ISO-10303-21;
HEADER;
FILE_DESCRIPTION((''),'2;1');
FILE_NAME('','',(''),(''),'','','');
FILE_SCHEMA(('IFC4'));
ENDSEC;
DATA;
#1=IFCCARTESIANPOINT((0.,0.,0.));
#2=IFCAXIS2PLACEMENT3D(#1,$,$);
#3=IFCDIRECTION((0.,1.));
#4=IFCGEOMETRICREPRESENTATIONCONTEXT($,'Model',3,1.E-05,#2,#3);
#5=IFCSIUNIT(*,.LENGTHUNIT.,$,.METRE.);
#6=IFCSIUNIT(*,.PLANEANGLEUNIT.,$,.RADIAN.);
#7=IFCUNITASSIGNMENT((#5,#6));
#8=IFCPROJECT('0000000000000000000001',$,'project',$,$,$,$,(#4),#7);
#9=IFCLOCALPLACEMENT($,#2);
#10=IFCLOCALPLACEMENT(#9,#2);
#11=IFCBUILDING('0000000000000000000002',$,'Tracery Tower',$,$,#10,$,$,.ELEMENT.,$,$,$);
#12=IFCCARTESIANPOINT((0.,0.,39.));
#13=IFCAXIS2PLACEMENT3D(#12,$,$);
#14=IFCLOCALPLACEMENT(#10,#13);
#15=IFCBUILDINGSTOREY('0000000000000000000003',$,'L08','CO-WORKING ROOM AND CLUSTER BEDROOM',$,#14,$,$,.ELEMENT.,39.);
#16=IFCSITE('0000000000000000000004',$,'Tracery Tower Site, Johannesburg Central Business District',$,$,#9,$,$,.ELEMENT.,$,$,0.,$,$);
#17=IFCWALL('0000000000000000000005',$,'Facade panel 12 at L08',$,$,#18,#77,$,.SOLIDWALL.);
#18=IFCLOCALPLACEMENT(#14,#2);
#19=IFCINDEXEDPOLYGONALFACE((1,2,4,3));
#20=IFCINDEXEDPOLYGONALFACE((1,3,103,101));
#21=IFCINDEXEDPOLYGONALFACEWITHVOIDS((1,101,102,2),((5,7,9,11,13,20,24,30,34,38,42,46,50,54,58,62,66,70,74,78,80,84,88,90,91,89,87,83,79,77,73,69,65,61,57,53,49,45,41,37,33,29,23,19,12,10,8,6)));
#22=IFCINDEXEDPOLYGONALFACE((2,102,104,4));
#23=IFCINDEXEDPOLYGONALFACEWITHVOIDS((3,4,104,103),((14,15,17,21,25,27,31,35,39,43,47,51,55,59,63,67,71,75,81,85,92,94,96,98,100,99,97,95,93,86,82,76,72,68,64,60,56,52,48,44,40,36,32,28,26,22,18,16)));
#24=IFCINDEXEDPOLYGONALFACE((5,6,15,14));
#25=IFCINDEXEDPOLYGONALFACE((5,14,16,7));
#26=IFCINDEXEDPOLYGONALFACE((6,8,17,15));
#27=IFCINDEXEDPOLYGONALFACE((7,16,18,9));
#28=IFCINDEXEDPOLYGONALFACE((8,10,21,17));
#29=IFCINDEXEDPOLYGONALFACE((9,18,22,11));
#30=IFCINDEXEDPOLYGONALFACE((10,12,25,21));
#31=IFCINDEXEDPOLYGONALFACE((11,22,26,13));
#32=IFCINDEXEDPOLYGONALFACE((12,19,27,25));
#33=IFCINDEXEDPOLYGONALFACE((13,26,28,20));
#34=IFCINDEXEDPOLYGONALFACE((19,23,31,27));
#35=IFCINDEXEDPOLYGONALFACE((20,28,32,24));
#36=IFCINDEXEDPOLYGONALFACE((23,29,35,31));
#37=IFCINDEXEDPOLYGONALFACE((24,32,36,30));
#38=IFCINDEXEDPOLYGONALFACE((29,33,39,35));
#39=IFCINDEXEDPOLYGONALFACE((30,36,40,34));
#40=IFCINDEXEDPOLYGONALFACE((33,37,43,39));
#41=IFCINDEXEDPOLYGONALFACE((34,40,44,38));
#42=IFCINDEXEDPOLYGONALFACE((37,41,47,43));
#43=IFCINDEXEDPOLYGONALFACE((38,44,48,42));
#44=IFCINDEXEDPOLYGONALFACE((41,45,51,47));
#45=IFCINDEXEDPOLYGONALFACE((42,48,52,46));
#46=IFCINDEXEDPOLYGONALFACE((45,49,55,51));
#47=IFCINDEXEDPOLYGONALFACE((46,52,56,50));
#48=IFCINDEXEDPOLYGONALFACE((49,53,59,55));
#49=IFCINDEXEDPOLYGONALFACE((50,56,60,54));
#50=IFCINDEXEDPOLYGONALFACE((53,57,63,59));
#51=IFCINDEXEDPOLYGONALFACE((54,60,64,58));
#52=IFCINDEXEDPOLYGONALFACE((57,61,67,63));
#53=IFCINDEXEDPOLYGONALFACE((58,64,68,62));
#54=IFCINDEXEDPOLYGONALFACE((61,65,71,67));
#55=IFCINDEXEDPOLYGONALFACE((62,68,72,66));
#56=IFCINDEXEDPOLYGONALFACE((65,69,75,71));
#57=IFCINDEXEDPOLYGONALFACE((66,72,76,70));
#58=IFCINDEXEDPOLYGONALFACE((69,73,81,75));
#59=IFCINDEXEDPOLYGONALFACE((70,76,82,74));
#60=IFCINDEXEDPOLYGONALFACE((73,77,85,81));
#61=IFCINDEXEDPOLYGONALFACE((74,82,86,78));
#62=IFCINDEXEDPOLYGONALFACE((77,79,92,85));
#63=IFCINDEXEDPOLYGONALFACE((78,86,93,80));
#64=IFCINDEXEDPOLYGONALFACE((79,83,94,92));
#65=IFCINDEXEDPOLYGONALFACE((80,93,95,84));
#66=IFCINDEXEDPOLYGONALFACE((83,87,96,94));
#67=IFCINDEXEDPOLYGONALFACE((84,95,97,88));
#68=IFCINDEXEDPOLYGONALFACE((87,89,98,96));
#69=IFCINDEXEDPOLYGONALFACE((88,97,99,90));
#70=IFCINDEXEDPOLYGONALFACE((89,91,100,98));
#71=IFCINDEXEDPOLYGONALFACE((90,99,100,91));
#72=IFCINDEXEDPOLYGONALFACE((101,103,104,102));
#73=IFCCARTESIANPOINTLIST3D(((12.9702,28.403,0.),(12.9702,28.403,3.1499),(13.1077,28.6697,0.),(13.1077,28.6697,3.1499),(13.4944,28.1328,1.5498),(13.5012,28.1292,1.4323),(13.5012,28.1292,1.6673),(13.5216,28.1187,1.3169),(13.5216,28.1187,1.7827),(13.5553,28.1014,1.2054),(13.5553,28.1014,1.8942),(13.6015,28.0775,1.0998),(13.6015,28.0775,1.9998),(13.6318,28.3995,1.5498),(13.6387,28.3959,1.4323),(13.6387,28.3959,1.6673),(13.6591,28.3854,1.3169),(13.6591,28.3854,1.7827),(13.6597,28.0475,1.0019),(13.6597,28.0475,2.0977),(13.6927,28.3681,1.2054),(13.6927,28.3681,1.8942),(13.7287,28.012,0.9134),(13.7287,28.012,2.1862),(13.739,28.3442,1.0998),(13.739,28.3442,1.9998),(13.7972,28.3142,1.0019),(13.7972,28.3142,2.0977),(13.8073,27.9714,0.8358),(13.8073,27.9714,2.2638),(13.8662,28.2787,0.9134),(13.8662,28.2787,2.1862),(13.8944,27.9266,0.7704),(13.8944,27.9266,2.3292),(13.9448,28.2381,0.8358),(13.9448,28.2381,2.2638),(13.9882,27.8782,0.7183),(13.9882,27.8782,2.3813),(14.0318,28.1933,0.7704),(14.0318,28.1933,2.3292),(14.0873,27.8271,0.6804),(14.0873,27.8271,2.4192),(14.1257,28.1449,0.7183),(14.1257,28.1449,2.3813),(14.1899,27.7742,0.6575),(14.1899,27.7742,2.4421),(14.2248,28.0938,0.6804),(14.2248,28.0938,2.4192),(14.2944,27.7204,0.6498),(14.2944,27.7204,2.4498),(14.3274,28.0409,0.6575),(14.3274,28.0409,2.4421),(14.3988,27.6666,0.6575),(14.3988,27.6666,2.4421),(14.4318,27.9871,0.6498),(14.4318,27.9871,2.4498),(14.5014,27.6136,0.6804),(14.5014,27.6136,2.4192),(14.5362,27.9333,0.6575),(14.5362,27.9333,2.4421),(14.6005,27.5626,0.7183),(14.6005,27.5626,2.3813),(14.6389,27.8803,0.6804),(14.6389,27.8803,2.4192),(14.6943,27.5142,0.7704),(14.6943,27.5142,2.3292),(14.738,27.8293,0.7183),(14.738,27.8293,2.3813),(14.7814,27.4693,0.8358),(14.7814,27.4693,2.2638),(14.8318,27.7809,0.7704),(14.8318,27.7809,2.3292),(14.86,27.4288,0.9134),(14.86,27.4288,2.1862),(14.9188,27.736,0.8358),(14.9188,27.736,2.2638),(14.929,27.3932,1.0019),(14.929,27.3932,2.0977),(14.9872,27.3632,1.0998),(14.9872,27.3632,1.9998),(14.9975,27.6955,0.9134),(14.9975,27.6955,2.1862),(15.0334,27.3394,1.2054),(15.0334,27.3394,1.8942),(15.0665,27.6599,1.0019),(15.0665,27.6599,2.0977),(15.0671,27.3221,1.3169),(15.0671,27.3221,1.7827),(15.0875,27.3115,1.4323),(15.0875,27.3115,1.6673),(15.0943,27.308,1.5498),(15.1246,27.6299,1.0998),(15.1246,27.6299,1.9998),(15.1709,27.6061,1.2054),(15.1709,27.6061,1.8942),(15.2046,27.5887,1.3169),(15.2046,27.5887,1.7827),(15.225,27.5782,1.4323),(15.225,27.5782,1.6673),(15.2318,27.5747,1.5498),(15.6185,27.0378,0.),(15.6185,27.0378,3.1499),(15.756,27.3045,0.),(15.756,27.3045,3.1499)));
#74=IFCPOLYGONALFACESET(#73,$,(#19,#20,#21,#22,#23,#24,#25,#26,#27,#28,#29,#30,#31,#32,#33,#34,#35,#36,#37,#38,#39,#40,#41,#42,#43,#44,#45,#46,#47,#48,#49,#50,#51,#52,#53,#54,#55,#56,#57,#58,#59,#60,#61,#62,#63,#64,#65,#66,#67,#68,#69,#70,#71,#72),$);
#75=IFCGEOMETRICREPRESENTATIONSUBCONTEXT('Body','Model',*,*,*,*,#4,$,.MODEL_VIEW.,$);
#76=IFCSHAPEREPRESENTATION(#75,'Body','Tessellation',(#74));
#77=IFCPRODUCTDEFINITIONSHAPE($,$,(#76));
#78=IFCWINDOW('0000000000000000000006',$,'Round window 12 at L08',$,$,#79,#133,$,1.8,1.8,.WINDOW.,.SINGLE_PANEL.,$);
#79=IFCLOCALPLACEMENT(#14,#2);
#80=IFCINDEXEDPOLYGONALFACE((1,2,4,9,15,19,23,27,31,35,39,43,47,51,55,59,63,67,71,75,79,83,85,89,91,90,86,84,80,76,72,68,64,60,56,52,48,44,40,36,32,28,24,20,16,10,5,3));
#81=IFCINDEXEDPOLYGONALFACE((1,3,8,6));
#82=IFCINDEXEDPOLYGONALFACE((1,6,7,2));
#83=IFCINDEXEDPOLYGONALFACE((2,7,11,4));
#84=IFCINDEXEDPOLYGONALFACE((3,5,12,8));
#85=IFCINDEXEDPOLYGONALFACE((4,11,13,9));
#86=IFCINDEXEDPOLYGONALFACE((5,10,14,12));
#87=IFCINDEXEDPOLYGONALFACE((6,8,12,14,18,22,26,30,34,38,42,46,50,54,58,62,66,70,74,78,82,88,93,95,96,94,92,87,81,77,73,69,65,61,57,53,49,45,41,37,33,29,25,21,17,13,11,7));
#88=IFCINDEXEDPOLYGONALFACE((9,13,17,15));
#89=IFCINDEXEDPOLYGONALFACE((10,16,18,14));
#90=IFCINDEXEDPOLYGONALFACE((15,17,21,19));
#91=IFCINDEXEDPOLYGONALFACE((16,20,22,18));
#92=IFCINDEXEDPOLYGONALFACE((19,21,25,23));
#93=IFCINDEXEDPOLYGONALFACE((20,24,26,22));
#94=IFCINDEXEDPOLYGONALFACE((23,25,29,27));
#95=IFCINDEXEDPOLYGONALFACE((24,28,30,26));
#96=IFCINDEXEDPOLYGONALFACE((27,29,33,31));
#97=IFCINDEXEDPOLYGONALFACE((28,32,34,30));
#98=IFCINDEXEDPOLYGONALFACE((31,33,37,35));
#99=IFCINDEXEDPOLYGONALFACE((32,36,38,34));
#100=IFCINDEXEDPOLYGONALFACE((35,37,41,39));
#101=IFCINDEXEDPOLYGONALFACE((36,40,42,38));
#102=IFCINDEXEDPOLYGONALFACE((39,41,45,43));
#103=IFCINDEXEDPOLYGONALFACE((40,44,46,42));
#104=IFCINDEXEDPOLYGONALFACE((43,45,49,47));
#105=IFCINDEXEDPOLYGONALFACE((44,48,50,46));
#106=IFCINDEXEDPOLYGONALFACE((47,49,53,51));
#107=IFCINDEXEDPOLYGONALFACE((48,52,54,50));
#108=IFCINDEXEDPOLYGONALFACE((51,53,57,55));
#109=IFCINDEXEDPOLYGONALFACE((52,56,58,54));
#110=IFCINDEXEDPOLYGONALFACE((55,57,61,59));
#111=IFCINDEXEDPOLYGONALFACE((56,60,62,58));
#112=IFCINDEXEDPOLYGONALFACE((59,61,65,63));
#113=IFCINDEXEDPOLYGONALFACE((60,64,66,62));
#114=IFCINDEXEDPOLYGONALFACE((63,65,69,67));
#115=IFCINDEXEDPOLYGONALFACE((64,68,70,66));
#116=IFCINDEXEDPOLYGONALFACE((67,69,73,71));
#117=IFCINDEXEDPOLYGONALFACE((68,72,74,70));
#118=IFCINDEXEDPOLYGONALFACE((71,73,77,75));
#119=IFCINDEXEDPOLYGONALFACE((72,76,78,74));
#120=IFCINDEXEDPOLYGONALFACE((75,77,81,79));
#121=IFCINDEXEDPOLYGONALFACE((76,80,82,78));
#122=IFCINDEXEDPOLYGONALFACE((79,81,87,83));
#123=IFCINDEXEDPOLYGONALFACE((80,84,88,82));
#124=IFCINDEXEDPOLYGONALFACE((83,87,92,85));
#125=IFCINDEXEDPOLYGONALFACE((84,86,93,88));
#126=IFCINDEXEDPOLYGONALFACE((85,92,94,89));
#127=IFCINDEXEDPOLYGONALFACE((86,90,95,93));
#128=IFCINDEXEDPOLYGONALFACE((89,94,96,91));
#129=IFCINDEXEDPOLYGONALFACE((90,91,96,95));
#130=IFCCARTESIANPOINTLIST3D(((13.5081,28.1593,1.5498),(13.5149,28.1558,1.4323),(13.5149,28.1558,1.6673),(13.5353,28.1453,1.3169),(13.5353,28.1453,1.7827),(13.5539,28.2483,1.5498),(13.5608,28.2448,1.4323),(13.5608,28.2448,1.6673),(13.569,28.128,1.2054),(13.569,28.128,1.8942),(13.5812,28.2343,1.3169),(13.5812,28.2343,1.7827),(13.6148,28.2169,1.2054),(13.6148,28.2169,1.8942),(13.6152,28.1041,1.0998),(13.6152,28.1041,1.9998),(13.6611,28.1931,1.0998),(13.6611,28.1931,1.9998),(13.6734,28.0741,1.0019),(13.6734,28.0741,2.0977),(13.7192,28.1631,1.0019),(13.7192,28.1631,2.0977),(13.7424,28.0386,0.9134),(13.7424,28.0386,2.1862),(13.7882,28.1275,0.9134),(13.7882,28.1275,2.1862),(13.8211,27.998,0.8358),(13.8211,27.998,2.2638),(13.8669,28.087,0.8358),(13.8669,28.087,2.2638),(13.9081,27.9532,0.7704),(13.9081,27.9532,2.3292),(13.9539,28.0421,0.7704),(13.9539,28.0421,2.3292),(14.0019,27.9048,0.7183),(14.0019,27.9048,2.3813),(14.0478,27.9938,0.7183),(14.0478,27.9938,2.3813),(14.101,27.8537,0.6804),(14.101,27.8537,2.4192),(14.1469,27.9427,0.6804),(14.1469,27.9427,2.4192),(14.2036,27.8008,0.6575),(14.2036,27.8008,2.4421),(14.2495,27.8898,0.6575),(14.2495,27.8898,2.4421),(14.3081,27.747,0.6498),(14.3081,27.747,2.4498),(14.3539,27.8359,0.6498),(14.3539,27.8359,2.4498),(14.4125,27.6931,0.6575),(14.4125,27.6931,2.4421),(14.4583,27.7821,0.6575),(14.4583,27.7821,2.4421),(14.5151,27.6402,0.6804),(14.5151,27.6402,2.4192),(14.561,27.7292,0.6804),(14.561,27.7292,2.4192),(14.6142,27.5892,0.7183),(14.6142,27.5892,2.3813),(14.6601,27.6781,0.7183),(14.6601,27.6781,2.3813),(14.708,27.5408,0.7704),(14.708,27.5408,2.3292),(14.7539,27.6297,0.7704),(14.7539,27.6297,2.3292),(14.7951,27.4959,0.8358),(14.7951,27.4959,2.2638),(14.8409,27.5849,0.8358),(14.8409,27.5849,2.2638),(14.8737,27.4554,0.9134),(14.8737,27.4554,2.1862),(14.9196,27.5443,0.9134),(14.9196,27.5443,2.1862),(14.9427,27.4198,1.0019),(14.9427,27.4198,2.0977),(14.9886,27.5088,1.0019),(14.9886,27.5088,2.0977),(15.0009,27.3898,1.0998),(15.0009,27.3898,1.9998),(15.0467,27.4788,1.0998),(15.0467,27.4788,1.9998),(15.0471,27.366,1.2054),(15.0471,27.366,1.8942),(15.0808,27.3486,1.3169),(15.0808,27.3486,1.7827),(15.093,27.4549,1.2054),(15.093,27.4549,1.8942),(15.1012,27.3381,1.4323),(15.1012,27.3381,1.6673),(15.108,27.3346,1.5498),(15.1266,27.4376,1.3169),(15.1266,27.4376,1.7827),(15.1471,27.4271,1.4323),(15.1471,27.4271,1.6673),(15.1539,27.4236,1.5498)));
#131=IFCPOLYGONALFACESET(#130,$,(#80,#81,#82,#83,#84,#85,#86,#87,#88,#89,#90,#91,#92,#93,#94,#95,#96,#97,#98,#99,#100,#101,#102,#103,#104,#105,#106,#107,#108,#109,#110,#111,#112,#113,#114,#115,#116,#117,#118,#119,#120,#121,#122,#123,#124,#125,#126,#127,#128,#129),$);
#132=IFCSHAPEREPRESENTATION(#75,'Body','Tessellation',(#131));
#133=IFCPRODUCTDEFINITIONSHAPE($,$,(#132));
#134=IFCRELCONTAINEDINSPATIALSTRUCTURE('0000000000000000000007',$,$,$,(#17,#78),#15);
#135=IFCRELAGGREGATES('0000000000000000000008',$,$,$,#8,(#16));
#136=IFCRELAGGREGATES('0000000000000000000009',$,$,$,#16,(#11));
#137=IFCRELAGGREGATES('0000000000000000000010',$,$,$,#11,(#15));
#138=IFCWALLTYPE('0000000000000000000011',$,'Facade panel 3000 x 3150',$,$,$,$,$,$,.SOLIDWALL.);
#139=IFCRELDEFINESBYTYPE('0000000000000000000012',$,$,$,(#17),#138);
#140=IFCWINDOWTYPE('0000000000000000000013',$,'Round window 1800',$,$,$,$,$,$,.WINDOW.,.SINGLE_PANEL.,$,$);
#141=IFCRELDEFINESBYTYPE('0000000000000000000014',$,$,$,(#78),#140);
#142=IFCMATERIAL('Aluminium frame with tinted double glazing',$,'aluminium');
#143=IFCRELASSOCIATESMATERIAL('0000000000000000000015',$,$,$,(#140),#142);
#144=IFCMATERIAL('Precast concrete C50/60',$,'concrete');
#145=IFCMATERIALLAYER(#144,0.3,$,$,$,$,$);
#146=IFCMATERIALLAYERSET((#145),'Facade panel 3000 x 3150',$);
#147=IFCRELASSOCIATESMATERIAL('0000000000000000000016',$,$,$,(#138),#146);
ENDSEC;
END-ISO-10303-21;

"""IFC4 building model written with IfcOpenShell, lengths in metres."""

from ifc_helpers import new_model, si_unit, direction, frame, frame_2d, origin, origin_2d, place, context, subcontext, project, spatial, rectangle, circle, extrude, material, layer, layer_set, type_object, element, fill, save


model = new_model("IFC4")

# Units and contexts
model_context = context("Model", 3, precision=1e-05, world=origin(), true_north=direction((0.0, 1.0)))
body_context = subcontext(model_context, "Body", "Model", "MODEL_VIEW")
ifc_project = project(units=[si_unit("LENGTHUNIT", "METRE"), si_unit("PLANEANGLEUNIT", "RADIAN")], contexts=[model_context])

# Site, building, storey
site_placement = place(None, origin())
site = spatial("IfcSite", under=ifc_project, at=site_placement, Name="Tracery Tower Site, Johannesburg Central Business District", CompositionType="ELEMENT", RefElevation=0.0)
building_placement = place(site_placement, origin())
building = spatial("IfcBuilding", under=site, at=building_placement, Name="Tracery Tower", CompositionType="ELEMENT")
storey_placement = place(building_placement, frame((0.0, 0.0, 39.0)))
storey = spatial("IfcBuildingStorey", under=building, at=storey_placement, Name="L08", Description="CO-WORKING ROOM AND CLUSTER BEDROOM", CompositionType="ELEMENT", Elevation=39.0)

# Wall, opening, window
ifc_material_1 = material(Name="Aluminium frame with tinted double glazing", Category="aluminium")
window_type = type_object("IfcWindowType", Name="Round window 1800", PartitioningType="SINGLE_PANEL", PredefinedType="WINDOW", material=ifc_material_1)
ifc_material_2 = material(Name="Precast concrete C50/60", Category="concrete")
ifc_layer_1 = layer(ifc_material_2, 0.3)
ifc_layer_set_1 = layer_set([ifc_layer_1], Name="Facade panel 3000 x 3150")
wall_type_1 = type_object("IfcWallType", Name="Facade panel 3000 x 3150", PredefinedType="SOLIDWALL", material=ifc_layer_set_1)
wall_1_placement = place(storey_placement, frame((15.6873, 27.1711, 0.0), z_axis=(0.0, 0.0, 1.0), x_axis=(-0.888853, 0.458192, 0.0)))
wall_1 = element("IfcWall", 1, at=wall_1_placement, inside=storey, type_object=wall_type_1, Name="Facade panel 12 at L08", PredefinedType="SOLIDWALL", context=body_context, shape_type="SweptSolid", body=[
    extrude(rectangle(XDim=2.9795, YDim=0.3, at=frame_2d((1.4897, 0.0))), origin(), (0.0, 0.0, 1.0), 3.1499),
])
opening_1_placement = place(wall_1_placement, frame((1.4897, 0.0, 1.5498)))
opening_1 = element("IfcOpeningElement", 2, at=opening_1_placement, cuts=wall_1, PredefinedType="OPENING", context=body_context, shape_type="SweptSolid", body=[
    extrude(circle(Radius=0.9, at=origin_2d()), frame((0.0, 0.1599, 0.0), z_axis=(0.0, -1.0, 0.0), x_axis=(1.0, 0.0, 0.0)), (0.0, 0.0, 1.0), 0.3201),
])
window_1_placement = place(opening_1_placement, origin())
window_1 = element("IfcWindow", 3, at=window_1_placement, inside=storey, type_object=window_type, Name="Round window 12 at L08", OverallHeight=1.8, OverallWidth=1.8, PartitioningType="SINGLE_PANEL", PredefinedType="WINDOW", context=body_context, shape_type="SweptSolid", body=[
    extrude(circle(Radius=0.9, at=origin_2d()), frame((0.0, 0.1201, 0.0), z_axis=(0.0, -1.0, 0.0), x_axis=(1.0, 0.0, 0.0)), (0.0, 0.0, 1.0), 0.1001),
])
fill(opening_1, window_1)

save(model, "model.ifc")
